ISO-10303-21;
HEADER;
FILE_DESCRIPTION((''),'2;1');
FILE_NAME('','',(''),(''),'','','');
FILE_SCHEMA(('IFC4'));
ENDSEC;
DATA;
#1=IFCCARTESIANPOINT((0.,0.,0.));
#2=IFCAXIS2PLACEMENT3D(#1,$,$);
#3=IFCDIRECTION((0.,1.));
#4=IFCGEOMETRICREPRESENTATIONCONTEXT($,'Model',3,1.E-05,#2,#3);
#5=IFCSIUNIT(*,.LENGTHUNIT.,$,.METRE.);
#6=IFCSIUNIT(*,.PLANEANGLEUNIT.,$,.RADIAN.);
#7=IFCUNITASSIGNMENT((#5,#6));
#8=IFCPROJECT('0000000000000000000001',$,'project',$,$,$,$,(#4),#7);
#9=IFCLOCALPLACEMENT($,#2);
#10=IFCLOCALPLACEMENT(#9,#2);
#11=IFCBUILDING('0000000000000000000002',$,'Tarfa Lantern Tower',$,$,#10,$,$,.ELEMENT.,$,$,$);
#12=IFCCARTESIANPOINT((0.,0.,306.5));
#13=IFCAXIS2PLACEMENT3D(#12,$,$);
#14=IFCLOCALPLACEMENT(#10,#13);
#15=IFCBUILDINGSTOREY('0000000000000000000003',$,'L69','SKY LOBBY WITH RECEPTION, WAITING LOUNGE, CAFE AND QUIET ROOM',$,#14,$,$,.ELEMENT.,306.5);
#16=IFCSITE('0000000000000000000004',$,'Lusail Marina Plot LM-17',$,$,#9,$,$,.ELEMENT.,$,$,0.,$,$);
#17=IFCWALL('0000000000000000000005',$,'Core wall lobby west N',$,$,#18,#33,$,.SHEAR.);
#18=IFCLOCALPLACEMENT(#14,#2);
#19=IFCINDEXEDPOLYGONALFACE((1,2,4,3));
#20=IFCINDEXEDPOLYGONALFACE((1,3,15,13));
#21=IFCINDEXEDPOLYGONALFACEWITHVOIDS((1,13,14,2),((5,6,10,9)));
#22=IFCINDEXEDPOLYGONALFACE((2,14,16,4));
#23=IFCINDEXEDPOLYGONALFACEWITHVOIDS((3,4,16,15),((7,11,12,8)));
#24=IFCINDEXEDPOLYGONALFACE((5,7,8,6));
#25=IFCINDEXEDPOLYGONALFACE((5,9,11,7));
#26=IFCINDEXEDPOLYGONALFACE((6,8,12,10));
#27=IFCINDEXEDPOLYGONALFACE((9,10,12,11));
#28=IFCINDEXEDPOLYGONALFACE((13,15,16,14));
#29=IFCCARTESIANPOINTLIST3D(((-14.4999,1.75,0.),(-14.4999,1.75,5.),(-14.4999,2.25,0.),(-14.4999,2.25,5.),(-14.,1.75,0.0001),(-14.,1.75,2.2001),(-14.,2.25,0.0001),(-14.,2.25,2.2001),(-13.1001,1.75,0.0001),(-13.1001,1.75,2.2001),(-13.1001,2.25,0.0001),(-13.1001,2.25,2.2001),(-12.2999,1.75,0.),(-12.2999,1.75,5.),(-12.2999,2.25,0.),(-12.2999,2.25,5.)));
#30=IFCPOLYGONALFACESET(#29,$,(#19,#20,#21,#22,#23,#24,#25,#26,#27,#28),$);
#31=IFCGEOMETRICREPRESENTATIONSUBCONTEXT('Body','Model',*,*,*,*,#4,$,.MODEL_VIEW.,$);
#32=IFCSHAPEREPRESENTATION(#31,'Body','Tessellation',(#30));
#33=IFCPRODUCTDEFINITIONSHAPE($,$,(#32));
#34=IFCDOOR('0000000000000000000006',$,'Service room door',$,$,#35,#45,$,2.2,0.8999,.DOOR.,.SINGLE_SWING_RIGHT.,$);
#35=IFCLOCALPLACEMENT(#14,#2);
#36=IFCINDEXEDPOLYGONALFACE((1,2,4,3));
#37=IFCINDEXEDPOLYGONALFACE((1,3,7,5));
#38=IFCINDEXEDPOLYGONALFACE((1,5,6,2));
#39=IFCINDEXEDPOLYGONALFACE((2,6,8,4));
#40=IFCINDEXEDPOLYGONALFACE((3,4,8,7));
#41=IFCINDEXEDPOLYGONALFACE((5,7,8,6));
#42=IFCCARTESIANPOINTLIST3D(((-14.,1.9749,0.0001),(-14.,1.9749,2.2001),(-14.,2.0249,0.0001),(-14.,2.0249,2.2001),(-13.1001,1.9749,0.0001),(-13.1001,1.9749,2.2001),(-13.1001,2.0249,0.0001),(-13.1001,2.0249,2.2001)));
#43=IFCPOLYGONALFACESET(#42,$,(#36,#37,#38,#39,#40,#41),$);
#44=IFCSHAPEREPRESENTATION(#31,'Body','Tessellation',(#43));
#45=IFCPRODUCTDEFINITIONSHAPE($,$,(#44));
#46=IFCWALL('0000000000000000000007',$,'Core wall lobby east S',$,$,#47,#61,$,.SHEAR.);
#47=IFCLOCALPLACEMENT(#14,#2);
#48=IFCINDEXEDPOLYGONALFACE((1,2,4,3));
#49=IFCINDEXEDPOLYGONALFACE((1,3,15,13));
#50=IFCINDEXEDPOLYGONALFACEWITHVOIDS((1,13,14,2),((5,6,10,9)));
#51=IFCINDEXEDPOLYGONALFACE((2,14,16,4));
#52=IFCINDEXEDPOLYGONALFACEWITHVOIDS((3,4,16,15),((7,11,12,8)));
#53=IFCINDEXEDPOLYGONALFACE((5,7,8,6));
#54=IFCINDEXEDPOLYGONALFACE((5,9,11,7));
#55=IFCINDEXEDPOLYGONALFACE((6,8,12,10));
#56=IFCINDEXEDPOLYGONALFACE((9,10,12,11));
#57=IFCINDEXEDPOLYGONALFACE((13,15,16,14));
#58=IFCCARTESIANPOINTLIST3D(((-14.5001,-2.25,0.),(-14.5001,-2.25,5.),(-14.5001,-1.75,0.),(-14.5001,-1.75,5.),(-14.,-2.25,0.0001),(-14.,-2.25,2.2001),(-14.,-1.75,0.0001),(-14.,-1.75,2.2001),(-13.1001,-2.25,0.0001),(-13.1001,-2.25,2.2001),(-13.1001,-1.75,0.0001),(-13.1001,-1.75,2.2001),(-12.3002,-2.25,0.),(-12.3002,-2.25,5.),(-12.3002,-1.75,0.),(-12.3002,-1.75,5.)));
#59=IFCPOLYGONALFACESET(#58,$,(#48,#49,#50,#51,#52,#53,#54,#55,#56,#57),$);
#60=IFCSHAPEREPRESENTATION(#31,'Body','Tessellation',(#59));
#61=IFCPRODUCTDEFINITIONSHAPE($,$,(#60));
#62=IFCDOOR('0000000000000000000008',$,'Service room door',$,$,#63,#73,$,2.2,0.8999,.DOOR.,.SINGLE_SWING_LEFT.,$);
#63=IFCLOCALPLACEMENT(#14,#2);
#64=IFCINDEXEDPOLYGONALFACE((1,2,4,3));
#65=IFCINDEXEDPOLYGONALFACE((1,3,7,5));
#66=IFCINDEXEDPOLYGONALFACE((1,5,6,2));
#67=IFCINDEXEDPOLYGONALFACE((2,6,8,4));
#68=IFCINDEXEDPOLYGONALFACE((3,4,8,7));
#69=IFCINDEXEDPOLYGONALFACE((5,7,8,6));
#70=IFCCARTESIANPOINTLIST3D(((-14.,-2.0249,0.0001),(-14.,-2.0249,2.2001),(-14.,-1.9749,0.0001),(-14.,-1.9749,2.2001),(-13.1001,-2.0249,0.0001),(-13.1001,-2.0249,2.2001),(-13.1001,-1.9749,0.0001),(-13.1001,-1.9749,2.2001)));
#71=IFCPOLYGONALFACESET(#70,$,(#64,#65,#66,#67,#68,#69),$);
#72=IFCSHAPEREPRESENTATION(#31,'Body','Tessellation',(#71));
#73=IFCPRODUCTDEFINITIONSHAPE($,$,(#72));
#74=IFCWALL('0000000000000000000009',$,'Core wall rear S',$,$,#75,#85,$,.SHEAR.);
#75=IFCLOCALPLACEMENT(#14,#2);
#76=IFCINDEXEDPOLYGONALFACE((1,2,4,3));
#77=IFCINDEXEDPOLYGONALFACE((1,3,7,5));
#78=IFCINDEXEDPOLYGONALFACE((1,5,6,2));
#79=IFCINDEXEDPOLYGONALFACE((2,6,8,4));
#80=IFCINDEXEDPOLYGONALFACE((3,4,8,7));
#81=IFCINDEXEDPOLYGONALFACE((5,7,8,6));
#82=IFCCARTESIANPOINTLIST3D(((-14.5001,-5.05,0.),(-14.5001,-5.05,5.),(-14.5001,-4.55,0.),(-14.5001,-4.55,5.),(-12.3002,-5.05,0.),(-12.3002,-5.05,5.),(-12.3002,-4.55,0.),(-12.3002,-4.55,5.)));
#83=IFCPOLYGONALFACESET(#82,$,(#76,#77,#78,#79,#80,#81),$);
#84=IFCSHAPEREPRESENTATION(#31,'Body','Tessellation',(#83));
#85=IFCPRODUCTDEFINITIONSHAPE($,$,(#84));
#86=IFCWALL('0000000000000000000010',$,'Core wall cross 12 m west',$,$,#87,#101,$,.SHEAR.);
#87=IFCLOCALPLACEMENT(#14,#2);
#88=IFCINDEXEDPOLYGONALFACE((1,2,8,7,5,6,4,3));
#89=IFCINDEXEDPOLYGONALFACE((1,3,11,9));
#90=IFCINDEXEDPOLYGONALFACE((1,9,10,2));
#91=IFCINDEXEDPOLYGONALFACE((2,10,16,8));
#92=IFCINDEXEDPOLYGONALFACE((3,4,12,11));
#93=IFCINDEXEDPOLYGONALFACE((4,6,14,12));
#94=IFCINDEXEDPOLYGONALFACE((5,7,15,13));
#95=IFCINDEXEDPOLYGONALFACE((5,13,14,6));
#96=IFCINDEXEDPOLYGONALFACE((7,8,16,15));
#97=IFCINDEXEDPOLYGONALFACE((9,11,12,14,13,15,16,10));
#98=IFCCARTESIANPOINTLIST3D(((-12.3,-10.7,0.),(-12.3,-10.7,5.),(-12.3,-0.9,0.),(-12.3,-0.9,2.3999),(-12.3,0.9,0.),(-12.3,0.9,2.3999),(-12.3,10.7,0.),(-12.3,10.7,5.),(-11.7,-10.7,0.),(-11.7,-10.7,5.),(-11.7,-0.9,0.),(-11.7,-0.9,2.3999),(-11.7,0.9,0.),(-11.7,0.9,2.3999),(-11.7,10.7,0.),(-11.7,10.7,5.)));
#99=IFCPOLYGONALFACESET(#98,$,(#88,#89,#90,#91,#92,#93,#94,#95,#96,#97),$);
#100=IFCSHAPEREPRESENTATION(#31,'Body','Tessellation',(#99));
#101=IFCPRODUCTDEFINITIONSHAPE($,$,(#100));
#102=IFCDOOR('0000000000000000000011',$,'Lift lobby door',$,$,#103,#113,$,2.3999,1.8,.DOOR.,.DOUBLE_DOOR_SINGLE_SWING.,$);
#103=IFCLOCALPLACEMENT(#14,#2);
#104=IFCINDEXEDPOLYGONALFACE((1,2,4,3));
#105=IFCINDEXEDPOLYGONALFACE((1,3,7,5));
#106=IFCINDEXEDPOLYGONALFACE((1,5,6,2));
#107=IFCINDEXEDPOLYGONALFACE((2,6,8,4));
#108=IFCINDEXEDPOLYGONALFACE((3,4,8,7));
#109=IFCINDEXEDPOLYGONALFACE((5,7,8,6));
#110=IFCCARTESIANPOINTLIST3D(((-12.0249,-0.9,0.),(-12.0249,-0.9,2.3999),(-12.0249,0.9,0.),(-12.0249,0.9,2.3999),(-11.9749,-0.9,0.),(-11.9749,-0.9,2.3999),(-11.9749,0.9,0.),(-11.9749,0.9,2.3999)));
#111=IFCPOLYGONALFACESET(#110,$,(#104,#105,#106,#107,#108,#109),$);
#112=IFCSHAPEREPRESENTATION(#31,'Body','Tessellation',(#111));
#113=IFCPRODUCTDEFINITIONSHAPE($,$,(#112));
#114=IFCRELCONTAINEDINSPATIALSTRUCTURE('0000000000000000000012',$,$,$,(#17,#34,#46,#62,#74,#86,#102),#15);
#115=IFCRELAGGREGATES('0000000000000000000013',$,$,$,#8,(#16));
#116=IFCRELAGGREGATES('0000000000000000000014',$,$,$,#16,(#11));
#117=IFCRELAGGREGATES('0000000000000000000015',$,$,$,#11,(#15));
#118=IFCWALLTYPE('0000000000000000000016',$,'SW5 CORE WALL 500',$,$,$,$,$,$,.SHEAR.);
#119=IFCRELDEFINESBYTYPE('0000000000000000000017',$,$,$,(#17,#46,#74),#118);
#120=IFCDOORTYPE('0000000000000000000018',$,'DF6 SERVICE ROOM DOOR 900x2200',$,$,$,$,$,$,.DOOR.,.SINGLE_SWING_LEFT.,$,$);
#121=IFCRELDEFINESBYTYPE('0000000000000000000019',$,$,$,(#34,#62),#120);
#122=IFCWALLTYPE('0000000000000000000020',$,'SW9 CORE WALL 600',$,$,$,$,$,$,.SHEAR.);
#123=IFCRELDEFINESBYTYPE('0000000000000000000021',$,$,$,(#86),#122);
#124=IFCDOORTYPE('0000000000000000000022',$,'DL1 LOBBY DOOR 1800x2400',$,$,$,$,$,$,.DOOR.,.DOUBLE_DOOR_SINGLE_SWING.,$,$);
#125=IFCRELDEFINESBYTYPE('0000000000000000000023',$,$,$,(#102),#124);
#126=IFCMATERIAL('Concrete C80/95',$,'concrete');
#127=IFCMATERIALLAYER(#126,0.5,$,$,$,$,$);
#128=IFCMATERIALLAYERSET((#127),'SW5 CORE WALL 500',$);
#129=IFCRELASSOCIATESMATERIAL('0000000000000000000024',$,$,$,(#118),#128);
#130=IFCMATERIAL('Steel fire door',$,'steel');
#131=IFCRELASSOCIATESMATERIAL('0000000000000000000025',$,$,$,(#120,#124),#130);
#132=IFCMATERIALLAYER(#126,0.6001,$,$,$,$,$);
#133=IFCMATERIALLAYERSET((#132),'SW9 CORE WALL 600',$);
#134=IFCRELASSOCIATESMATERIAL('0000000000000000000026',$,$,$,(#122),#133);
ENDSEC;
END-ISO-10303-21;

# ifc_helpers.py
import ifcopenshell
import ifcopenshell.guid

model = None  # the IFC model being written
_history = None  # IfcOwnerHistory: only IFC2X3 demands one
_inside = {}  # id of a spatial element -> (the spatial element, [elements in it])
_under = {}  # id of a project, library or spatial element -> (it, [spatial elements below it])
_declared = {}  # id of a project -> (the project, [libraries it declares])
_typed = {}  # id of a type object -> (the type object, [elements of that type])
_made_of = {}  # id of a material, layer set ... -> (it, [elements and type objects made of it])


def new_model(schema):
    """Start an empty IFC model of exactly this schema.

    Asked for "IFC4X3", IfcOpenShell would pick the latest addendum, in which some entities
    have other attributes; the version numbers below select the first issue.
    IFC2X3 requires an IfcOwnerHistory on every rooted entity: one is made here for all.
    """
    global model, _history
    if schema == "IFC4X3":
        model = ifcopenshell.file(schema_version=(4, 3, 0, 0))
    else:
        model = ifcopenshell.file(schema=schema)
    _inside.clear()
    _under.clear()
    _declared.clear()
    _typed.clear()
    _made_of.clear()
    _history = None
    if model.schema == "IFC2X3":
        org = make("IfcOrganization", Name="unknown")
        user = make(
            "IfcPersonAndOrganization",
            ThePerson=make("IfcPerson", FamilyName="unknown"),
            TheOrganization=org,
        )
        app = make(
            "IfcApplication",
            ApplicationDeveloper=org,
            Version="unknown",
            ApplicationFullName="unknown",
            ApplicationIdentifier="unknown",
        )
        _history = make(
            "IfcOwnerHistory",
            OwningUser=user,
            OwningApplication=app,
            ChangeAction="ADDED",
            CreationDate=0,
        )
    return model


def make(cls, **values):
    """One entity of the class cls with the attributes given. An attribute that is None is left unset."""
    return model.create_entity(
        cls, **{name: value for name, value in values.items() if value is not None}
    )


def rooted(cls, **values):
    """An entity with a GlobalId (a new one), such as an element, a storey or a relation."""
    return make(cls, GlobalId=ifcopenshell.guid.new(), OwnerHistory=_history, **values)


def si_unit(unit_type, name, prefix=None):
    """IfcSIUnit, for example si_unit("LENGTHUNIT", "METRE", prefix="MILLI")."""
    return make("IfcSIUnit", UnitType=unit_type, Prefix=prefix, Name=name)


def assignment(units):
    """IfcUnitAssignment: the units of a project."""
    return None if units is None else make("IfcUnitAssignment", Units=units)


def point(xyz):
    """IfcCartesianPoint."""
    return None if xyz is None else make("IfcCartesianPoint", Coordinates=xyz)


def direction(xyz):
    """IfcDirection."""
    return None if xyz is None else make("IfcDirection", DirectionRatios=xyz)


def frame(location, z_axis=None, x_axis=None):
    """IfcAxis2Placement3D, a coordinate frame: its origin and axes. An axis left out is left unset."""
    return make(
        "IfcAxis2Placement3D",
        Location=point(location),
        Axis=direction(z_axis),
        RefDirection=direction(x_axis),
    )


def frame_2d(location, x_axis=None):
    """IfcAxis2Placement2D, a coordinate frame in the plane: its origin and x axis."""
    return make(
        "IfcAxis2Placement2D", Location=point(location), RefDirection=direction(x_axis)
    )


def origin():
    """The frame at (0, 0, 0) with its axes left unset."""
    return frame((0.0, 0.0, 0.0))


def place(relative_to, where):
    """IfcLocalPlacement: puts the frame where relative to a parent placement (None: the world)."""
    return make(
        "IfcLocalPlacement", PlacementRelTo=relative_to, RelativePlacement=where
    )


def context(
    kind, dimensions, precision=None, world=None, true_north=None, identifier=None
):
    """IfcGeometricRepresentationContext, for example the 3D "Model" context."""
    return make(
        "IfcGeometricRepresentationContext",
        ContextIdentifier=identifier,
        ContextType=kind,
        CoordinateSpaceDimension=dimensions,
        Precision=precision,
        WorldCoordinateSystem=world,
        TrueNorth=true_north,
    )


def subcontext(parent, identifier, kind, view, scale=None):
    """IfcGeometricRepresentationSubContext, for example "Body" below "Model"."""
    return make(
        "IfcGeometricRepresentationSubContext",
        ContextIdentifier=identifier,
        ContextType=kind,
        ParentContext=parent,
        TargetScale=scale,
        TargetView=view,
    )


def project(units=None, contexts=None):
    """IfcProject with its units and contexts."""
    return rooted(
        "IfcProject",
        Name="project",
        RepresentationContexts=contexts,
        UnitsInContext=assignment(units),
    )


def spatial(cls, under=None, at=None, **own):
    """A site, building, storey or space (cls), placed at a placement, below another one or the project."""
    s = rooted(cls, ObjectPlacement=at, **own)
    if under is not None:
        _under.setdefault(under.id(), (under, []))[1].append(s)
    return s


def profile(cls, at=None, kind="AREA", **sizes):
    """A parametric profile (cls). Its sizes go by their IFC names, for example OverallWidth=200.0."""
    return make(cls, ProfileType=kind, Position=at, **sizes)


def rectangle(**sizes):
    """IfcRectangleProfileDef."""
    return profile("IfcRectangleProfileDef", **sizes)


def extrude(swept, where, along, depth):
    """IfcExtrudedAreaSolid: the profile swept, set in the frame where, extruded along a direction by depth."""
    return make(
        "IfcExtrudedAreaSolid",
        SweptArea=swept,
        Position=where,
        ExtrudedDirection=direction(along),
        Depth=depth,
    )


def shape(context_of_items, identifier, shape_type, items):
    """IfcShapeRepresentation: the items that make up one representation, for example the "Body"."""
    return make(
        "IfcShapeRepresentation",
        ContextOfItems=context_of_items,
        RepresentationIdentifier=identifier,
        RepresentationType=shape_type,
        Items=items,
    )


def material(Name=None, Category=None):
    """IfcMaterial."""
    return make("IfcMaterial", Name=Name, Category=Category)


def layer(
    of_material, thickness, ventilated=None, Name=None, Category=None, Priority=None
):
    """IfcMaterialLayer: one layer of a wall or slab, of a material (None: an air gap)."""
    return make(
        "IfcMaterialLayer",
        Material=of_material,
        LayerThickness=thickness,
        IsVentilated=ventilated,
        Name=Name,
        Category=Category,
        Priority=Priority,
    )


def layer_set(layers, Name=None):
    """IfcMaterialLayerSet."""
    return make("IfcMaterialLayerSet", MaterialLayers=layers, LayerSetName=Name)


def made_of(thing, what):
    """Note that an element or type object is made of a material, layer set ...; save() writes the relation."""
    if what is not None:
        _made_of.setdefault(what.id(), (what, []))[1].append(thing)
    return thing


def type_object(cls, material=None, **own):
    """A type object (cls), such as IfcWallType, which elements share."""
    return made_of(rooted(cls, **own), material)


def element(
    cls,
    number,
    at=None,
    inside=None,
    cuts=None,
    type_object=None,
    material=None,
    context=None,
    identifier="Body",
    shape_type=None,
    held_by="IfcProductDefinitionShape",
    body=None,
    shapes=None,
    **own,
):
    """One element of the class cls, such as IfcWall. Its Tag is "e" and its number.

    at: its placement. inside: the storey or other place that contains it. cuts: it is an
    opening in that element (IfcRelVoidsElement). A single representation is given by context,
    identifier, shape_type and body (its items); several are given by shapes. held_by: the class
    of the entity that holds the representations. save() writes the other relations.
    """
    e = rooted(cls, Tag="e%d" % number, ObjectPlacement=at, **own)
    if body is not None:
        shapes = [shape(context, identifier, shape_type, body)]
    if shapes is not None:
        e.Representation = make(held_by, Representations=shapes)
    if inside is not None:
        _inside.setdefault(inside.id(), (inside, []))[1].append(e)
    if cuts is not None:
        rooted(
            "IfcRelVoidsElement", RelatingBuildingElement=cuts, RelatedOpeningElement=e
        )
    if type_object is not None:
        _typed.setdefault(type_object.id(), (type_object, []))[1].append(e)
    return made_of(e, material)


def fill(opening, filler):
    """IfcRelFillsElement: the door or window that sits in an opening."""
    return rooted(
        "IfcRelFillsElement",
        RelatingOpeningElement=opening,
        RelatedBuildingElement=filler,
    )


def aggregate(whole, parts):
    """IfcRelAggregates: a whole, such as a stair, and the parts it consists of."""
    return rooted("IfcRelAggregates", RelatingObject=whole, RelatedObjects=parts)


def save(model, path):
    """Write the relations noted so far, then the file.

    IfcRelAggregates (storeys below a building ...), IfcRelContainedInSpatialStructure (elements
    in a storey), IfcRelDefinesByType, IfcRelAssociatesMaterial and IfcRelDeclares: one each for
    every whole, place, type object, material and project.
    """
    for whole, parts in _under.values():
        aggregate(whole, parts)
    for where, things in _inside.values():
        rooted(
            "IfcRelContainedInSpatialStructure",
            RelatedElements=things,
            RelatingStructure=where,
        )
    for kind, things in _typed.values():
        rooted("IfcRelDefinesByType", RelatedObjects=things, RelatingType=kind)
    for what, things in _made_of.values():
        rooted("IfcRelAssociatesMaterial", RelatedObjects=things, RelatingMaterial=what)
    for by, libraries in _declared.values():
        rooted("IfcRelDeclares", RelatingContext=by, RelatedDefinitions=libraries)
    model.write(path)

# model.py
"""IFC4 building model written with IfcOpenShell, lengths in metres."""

from ifc_helpers import new_model, si_unit, direction, frame, frame_2d, origin, place, context, subcontext, project, spatial, rectangle, extrude, material, layer, layer_set, type_object, element, fill, save


model = new_model("IFC4")

# Units and contexts
model_context = context("Model", 3, precision=1e-05, world=origin(), true_north=direction((0.0, 1.0)))
body_context = subcontext(model_context, "Body", "Model", "MODEL_VIEW")
ifc_project = project(units=[si_unit("LENGTHUNIT", "METRE"), si_unit("PLANEANGLEUNIT", "RADIAN")], contexts=[model_context])

# Site, building, storey
site_placement = place(None, origin())
site = spatial("IfcSite", under=ifc_project, at=site_placement, Name="Lusail Marina Plot LM-17", CompositionType="ELEMENT", RefElevation=0.0)
building_placement = place(site_placement, origin())
building = spatial("IfcBuilding", under=site, at=building_placement, Name="Tarfa Lantern Tower", CompositionType="ELEMENT")
storey_placement = place(building_placement, frame((0.0, 0.0, 306.5)))
storey = spatial("IfcBuildingStorey", under=building, at=storey_placement, Name="L69", Description="SKY LOBBY WITH RECEPTION, WAITING LOUNGE, CAFE AND QUIET ROOM", CompositionType="ELEMENT", Elevation=306.5)

# Shared definitions
ifc_material_1 = material(Name="Concrete C80/95", Category="concrete")

# Walls, openings, doors
ifc_layer_1 = layer(ifc_material_1, 0.5)
ifc_layer_set_1 = layer_set([ifc_layer_1], Name="SW5 CORE WALL 500")
wall_type_1 = type_object("IfcWallType", Name="SW5 CORE WALL 500", PredefinedType="SHEAR", material=ifc_layer_set_1)
wall_1_placement = place(storey_placement, frame((-14.5, 2.0, 0.0), z_axis=(0.0, 0.0, 1.0), x_axis=(1.0, 0.0, 0.0)))
wall_1 = element("IfcWall", 1, at=wall_1_placement, inside=storey, type_object=wall_type_1, Name="Core wall lobby west N", PredefinedType="SHEAR", context=body_context, shape_type="SweptSolid", body=[
    extrude(rectangle(XDim=2.2, YDim=0.5, at=frame_2d((1.1001, 0.0))), origin(), (0.0, 0.0, 1.0), 5.0),
])
opening_1_placement = place(wall_1_placement, frame((0.5, 0.0, 0.0)))
opening_1 = element("IfcOpeningElement", 2, at=opening_1_placement, cuts=wall_1, PredefinedType="OPENING", context=body_context, shape_type="SweptSolid", body=[
    extrude(rectangle(XDim=0.8999, YDim=2.2, at=frame_2d((0.45, 1.1001))), frame((0.0, 0.26, 0.0), z_axis=(0.0, -1.0, 0.0), x_axis=(1.0, 0.0, 0.0)), (0.0, 0.0, 1.0), 0.52),
])
ifc_material_2 = material(Name="Steel fire door", Category="steel")
door_type_1 = type_object("IfcDoorType", Name="DF6 SERVICE ROOM DOOR 900x2200", OperationType="SINGLE_SWING_LEFT", PredefinedType="DOOR", material=ifc_material_2)
door_1_placement = place(opening_1_placement, origin())
door_1 = element("IfcDoor", 3, at=door_1_placement, inside=storey, type_object=door_type_1, Name="Service room door", OperationType="SINGLE_SWING_RIGHT", OverallHeight=2.2, OverallWidth=0.8999, PredefinedType="DOOR", context=body_context, shape_type="SweptSolid", body=[
    extrude(rectangle(XDim=0.8999, YDim=2.2, at=frame_2d((0.45, 1.1001))), frame((0.0, 0.0249, 0.0), z_axis=(0.0, -1.0, 0.0), x_axis=(1.0, 0.0, 0.0)), (0.0, 0.0, 1.0), 0.05),
])
fill(opening_1, door_1)
wall_2_placement = place(storey_placement, frame((-12.3, -2.0, 0.0), z_axis=(0.0, 0.0, 1.0), x_axis=(-1.0, 0.0, 0.0)))
wall_2 = element("IfcWall", 4, at=wall_2_placement, inside=storey, type_object=wall_type_1, Name="Core wall lobby east S", PredefinedType="SHEAR", context=body_context, shape_type="SweptSolid", body=[
    extrude(rectangle(XDim=2.2, YDim=0.5, at=frame_2d((1.1001, 0.0))), origin(), (0.0, 0.0, 1.0), 5.0),
])
opening_2_placement = place(wall_2_placement, frame((0.8, 0.0, 0.0)))
opening_2 = element("IfcOpeningElement", 5, at=opening_2_placement, cuts=wall_2, PredefinedType="OPENING", context=body_context, shape_type="SweptSolid", body=[
    extrude(rectangle(XDim=0.8999, YDim=2.2, at=frame_2d((0.45, 1.1001))), frame((0.0, 0.26, 0.0), z_axis=(0.0, -1.0, 0.0), x_axis=(1.0, 0.0, 0.0)), (0.0, 0.0, 1.0), 0.52),
])
door_2_placement = place(opening_2_placement, origin())
door_2 = element("IfcDoor", 6, at=door_2_placement, inside=storey, type_object=door_type_1, Name="Service room door", OperationType="SINGLE_SWING_LEFT", OverallHeight=2.2, OverallWidth=0.8999, PredefinedType="DOOR", context=body_context, shape_type="SweptSolid", body=[
    extrude(rectangle(XDim=0.8999, YDim=2.2, at=frame_2d((0.45, 1.1001))), frame((0.0, 0.0249, 0.0), z_axis=(0.0, -1.0, 0.0), x_axis=(1.0, 0.0, 0.0)), (0.0, 0.0, 1.0), 0.05),
])
fill(opening_2, door_2)

# Wall
wall_3_placement = place(storey_placement, frame((-12.3, -4.8, 0.0), z_axis=(0.0, 0.0, 1.0), x_axis=(-1.0, 0.0, 0.0)))
element("IfcWall", 7, at=wall_3_placement, inside=storey, type_object=wall_type_1, Name="Core wall rear S", PredefinedType="SHEAR", context=body_context, shape_type="SweptSolid", body=[
    extrude(rectangle(XDim=2.2, YDim=0.5, at=frame_2d((1.1001, 0.0))), origin(), (0.0, 0.0, 1.0), 5.0),
])

# Wall, opening, door
ifc_layer_2 = layer(ifc_material_1, 0.6001)
ifc_layer_set_2 = layer_set([ifc_layer_2], Name="SW9 CORE WALL 600")
wall_type_2 = type_object("IfcWallType", Name="SW9 CORE WALL 600", PredefinedType="SHEAR", material=ifc_layer_set_2)
wall_4_placement = place(storey_placement, frame((-12.0, -10.7, 0.0), z_axis=(0.0, 0.0, 1.0), x_axis=(0.0, 1.0, 0.0)))
wall_4 = element("IfcWall", 8, at=wall_4_placement, inside=storey, type_object=wall_type_2, Name="Core wall cross 12 m west", PredefinedType="SHEAR", context=body_context, shape_type="SweptSolid", body=[
    extrude(rectangle(XDim=21.3999, YDim=0.6001, at=frame_2d((10.7, 0.0))), origin(), (0.0, 0.0, 1.0), 5.0),
])
opening_3_placement = place(wall_4_placement, frame((9.8, 0.0, 0.0)))
opening_3 = element("IfcOpeningElement", 9, at=opening_3_placement, cuts=wall_4, PredefinedType="OPENING", context=body_context, shape_type="SweptSolid", body=[
    extrude(rectangle(XDim=1.8, YDim=2.3999, at=frame_2d((0.8999, 1.2))), frame((0.0, 0.3101, 0.0), z_axis=(0.0, -1.0, 0.0), x_axis=(1.0, 0.0, 0.0)), (0.0, 0.0, 1.0), 0.6201),
])
door_type_2 = type_object("IfcDoorType", Name="DL1 LOBBY DOOR 1800x2400", OperationType="DOUBLE_DOOR_SINGLE_SWING", PredefinedType="DOOR", material=ifc_material_2)
door_3_placement = place(opening_3_placement, origin())
door_3 = element("IfcDoor", 10, at=door_3_placement, inside=storey, type_object=door_type_2, Name="Lift lobby door", OperationType="DOUBLE_DOOR_SINGLE_SWING", OverallHeight=2.3999, OverallWidth=1.8, PredefinedType="DOOR", context=body_context, shape_type="SweptSolid", body=[
    extrude(rectangle(XDim=1.8, YDim=2.3999, at=frame_2d((0.8999, 1.2))), frame((0.0, 0.0249, 0.0), z_axis=(0.0, -1.0, 0.0), x_axis=(1.0, 0.0, 0.0)), (0.0, 0.0, 1.0), 0.05),
])
fill(opening_3, door_3)

save(model, "model.ifc")
